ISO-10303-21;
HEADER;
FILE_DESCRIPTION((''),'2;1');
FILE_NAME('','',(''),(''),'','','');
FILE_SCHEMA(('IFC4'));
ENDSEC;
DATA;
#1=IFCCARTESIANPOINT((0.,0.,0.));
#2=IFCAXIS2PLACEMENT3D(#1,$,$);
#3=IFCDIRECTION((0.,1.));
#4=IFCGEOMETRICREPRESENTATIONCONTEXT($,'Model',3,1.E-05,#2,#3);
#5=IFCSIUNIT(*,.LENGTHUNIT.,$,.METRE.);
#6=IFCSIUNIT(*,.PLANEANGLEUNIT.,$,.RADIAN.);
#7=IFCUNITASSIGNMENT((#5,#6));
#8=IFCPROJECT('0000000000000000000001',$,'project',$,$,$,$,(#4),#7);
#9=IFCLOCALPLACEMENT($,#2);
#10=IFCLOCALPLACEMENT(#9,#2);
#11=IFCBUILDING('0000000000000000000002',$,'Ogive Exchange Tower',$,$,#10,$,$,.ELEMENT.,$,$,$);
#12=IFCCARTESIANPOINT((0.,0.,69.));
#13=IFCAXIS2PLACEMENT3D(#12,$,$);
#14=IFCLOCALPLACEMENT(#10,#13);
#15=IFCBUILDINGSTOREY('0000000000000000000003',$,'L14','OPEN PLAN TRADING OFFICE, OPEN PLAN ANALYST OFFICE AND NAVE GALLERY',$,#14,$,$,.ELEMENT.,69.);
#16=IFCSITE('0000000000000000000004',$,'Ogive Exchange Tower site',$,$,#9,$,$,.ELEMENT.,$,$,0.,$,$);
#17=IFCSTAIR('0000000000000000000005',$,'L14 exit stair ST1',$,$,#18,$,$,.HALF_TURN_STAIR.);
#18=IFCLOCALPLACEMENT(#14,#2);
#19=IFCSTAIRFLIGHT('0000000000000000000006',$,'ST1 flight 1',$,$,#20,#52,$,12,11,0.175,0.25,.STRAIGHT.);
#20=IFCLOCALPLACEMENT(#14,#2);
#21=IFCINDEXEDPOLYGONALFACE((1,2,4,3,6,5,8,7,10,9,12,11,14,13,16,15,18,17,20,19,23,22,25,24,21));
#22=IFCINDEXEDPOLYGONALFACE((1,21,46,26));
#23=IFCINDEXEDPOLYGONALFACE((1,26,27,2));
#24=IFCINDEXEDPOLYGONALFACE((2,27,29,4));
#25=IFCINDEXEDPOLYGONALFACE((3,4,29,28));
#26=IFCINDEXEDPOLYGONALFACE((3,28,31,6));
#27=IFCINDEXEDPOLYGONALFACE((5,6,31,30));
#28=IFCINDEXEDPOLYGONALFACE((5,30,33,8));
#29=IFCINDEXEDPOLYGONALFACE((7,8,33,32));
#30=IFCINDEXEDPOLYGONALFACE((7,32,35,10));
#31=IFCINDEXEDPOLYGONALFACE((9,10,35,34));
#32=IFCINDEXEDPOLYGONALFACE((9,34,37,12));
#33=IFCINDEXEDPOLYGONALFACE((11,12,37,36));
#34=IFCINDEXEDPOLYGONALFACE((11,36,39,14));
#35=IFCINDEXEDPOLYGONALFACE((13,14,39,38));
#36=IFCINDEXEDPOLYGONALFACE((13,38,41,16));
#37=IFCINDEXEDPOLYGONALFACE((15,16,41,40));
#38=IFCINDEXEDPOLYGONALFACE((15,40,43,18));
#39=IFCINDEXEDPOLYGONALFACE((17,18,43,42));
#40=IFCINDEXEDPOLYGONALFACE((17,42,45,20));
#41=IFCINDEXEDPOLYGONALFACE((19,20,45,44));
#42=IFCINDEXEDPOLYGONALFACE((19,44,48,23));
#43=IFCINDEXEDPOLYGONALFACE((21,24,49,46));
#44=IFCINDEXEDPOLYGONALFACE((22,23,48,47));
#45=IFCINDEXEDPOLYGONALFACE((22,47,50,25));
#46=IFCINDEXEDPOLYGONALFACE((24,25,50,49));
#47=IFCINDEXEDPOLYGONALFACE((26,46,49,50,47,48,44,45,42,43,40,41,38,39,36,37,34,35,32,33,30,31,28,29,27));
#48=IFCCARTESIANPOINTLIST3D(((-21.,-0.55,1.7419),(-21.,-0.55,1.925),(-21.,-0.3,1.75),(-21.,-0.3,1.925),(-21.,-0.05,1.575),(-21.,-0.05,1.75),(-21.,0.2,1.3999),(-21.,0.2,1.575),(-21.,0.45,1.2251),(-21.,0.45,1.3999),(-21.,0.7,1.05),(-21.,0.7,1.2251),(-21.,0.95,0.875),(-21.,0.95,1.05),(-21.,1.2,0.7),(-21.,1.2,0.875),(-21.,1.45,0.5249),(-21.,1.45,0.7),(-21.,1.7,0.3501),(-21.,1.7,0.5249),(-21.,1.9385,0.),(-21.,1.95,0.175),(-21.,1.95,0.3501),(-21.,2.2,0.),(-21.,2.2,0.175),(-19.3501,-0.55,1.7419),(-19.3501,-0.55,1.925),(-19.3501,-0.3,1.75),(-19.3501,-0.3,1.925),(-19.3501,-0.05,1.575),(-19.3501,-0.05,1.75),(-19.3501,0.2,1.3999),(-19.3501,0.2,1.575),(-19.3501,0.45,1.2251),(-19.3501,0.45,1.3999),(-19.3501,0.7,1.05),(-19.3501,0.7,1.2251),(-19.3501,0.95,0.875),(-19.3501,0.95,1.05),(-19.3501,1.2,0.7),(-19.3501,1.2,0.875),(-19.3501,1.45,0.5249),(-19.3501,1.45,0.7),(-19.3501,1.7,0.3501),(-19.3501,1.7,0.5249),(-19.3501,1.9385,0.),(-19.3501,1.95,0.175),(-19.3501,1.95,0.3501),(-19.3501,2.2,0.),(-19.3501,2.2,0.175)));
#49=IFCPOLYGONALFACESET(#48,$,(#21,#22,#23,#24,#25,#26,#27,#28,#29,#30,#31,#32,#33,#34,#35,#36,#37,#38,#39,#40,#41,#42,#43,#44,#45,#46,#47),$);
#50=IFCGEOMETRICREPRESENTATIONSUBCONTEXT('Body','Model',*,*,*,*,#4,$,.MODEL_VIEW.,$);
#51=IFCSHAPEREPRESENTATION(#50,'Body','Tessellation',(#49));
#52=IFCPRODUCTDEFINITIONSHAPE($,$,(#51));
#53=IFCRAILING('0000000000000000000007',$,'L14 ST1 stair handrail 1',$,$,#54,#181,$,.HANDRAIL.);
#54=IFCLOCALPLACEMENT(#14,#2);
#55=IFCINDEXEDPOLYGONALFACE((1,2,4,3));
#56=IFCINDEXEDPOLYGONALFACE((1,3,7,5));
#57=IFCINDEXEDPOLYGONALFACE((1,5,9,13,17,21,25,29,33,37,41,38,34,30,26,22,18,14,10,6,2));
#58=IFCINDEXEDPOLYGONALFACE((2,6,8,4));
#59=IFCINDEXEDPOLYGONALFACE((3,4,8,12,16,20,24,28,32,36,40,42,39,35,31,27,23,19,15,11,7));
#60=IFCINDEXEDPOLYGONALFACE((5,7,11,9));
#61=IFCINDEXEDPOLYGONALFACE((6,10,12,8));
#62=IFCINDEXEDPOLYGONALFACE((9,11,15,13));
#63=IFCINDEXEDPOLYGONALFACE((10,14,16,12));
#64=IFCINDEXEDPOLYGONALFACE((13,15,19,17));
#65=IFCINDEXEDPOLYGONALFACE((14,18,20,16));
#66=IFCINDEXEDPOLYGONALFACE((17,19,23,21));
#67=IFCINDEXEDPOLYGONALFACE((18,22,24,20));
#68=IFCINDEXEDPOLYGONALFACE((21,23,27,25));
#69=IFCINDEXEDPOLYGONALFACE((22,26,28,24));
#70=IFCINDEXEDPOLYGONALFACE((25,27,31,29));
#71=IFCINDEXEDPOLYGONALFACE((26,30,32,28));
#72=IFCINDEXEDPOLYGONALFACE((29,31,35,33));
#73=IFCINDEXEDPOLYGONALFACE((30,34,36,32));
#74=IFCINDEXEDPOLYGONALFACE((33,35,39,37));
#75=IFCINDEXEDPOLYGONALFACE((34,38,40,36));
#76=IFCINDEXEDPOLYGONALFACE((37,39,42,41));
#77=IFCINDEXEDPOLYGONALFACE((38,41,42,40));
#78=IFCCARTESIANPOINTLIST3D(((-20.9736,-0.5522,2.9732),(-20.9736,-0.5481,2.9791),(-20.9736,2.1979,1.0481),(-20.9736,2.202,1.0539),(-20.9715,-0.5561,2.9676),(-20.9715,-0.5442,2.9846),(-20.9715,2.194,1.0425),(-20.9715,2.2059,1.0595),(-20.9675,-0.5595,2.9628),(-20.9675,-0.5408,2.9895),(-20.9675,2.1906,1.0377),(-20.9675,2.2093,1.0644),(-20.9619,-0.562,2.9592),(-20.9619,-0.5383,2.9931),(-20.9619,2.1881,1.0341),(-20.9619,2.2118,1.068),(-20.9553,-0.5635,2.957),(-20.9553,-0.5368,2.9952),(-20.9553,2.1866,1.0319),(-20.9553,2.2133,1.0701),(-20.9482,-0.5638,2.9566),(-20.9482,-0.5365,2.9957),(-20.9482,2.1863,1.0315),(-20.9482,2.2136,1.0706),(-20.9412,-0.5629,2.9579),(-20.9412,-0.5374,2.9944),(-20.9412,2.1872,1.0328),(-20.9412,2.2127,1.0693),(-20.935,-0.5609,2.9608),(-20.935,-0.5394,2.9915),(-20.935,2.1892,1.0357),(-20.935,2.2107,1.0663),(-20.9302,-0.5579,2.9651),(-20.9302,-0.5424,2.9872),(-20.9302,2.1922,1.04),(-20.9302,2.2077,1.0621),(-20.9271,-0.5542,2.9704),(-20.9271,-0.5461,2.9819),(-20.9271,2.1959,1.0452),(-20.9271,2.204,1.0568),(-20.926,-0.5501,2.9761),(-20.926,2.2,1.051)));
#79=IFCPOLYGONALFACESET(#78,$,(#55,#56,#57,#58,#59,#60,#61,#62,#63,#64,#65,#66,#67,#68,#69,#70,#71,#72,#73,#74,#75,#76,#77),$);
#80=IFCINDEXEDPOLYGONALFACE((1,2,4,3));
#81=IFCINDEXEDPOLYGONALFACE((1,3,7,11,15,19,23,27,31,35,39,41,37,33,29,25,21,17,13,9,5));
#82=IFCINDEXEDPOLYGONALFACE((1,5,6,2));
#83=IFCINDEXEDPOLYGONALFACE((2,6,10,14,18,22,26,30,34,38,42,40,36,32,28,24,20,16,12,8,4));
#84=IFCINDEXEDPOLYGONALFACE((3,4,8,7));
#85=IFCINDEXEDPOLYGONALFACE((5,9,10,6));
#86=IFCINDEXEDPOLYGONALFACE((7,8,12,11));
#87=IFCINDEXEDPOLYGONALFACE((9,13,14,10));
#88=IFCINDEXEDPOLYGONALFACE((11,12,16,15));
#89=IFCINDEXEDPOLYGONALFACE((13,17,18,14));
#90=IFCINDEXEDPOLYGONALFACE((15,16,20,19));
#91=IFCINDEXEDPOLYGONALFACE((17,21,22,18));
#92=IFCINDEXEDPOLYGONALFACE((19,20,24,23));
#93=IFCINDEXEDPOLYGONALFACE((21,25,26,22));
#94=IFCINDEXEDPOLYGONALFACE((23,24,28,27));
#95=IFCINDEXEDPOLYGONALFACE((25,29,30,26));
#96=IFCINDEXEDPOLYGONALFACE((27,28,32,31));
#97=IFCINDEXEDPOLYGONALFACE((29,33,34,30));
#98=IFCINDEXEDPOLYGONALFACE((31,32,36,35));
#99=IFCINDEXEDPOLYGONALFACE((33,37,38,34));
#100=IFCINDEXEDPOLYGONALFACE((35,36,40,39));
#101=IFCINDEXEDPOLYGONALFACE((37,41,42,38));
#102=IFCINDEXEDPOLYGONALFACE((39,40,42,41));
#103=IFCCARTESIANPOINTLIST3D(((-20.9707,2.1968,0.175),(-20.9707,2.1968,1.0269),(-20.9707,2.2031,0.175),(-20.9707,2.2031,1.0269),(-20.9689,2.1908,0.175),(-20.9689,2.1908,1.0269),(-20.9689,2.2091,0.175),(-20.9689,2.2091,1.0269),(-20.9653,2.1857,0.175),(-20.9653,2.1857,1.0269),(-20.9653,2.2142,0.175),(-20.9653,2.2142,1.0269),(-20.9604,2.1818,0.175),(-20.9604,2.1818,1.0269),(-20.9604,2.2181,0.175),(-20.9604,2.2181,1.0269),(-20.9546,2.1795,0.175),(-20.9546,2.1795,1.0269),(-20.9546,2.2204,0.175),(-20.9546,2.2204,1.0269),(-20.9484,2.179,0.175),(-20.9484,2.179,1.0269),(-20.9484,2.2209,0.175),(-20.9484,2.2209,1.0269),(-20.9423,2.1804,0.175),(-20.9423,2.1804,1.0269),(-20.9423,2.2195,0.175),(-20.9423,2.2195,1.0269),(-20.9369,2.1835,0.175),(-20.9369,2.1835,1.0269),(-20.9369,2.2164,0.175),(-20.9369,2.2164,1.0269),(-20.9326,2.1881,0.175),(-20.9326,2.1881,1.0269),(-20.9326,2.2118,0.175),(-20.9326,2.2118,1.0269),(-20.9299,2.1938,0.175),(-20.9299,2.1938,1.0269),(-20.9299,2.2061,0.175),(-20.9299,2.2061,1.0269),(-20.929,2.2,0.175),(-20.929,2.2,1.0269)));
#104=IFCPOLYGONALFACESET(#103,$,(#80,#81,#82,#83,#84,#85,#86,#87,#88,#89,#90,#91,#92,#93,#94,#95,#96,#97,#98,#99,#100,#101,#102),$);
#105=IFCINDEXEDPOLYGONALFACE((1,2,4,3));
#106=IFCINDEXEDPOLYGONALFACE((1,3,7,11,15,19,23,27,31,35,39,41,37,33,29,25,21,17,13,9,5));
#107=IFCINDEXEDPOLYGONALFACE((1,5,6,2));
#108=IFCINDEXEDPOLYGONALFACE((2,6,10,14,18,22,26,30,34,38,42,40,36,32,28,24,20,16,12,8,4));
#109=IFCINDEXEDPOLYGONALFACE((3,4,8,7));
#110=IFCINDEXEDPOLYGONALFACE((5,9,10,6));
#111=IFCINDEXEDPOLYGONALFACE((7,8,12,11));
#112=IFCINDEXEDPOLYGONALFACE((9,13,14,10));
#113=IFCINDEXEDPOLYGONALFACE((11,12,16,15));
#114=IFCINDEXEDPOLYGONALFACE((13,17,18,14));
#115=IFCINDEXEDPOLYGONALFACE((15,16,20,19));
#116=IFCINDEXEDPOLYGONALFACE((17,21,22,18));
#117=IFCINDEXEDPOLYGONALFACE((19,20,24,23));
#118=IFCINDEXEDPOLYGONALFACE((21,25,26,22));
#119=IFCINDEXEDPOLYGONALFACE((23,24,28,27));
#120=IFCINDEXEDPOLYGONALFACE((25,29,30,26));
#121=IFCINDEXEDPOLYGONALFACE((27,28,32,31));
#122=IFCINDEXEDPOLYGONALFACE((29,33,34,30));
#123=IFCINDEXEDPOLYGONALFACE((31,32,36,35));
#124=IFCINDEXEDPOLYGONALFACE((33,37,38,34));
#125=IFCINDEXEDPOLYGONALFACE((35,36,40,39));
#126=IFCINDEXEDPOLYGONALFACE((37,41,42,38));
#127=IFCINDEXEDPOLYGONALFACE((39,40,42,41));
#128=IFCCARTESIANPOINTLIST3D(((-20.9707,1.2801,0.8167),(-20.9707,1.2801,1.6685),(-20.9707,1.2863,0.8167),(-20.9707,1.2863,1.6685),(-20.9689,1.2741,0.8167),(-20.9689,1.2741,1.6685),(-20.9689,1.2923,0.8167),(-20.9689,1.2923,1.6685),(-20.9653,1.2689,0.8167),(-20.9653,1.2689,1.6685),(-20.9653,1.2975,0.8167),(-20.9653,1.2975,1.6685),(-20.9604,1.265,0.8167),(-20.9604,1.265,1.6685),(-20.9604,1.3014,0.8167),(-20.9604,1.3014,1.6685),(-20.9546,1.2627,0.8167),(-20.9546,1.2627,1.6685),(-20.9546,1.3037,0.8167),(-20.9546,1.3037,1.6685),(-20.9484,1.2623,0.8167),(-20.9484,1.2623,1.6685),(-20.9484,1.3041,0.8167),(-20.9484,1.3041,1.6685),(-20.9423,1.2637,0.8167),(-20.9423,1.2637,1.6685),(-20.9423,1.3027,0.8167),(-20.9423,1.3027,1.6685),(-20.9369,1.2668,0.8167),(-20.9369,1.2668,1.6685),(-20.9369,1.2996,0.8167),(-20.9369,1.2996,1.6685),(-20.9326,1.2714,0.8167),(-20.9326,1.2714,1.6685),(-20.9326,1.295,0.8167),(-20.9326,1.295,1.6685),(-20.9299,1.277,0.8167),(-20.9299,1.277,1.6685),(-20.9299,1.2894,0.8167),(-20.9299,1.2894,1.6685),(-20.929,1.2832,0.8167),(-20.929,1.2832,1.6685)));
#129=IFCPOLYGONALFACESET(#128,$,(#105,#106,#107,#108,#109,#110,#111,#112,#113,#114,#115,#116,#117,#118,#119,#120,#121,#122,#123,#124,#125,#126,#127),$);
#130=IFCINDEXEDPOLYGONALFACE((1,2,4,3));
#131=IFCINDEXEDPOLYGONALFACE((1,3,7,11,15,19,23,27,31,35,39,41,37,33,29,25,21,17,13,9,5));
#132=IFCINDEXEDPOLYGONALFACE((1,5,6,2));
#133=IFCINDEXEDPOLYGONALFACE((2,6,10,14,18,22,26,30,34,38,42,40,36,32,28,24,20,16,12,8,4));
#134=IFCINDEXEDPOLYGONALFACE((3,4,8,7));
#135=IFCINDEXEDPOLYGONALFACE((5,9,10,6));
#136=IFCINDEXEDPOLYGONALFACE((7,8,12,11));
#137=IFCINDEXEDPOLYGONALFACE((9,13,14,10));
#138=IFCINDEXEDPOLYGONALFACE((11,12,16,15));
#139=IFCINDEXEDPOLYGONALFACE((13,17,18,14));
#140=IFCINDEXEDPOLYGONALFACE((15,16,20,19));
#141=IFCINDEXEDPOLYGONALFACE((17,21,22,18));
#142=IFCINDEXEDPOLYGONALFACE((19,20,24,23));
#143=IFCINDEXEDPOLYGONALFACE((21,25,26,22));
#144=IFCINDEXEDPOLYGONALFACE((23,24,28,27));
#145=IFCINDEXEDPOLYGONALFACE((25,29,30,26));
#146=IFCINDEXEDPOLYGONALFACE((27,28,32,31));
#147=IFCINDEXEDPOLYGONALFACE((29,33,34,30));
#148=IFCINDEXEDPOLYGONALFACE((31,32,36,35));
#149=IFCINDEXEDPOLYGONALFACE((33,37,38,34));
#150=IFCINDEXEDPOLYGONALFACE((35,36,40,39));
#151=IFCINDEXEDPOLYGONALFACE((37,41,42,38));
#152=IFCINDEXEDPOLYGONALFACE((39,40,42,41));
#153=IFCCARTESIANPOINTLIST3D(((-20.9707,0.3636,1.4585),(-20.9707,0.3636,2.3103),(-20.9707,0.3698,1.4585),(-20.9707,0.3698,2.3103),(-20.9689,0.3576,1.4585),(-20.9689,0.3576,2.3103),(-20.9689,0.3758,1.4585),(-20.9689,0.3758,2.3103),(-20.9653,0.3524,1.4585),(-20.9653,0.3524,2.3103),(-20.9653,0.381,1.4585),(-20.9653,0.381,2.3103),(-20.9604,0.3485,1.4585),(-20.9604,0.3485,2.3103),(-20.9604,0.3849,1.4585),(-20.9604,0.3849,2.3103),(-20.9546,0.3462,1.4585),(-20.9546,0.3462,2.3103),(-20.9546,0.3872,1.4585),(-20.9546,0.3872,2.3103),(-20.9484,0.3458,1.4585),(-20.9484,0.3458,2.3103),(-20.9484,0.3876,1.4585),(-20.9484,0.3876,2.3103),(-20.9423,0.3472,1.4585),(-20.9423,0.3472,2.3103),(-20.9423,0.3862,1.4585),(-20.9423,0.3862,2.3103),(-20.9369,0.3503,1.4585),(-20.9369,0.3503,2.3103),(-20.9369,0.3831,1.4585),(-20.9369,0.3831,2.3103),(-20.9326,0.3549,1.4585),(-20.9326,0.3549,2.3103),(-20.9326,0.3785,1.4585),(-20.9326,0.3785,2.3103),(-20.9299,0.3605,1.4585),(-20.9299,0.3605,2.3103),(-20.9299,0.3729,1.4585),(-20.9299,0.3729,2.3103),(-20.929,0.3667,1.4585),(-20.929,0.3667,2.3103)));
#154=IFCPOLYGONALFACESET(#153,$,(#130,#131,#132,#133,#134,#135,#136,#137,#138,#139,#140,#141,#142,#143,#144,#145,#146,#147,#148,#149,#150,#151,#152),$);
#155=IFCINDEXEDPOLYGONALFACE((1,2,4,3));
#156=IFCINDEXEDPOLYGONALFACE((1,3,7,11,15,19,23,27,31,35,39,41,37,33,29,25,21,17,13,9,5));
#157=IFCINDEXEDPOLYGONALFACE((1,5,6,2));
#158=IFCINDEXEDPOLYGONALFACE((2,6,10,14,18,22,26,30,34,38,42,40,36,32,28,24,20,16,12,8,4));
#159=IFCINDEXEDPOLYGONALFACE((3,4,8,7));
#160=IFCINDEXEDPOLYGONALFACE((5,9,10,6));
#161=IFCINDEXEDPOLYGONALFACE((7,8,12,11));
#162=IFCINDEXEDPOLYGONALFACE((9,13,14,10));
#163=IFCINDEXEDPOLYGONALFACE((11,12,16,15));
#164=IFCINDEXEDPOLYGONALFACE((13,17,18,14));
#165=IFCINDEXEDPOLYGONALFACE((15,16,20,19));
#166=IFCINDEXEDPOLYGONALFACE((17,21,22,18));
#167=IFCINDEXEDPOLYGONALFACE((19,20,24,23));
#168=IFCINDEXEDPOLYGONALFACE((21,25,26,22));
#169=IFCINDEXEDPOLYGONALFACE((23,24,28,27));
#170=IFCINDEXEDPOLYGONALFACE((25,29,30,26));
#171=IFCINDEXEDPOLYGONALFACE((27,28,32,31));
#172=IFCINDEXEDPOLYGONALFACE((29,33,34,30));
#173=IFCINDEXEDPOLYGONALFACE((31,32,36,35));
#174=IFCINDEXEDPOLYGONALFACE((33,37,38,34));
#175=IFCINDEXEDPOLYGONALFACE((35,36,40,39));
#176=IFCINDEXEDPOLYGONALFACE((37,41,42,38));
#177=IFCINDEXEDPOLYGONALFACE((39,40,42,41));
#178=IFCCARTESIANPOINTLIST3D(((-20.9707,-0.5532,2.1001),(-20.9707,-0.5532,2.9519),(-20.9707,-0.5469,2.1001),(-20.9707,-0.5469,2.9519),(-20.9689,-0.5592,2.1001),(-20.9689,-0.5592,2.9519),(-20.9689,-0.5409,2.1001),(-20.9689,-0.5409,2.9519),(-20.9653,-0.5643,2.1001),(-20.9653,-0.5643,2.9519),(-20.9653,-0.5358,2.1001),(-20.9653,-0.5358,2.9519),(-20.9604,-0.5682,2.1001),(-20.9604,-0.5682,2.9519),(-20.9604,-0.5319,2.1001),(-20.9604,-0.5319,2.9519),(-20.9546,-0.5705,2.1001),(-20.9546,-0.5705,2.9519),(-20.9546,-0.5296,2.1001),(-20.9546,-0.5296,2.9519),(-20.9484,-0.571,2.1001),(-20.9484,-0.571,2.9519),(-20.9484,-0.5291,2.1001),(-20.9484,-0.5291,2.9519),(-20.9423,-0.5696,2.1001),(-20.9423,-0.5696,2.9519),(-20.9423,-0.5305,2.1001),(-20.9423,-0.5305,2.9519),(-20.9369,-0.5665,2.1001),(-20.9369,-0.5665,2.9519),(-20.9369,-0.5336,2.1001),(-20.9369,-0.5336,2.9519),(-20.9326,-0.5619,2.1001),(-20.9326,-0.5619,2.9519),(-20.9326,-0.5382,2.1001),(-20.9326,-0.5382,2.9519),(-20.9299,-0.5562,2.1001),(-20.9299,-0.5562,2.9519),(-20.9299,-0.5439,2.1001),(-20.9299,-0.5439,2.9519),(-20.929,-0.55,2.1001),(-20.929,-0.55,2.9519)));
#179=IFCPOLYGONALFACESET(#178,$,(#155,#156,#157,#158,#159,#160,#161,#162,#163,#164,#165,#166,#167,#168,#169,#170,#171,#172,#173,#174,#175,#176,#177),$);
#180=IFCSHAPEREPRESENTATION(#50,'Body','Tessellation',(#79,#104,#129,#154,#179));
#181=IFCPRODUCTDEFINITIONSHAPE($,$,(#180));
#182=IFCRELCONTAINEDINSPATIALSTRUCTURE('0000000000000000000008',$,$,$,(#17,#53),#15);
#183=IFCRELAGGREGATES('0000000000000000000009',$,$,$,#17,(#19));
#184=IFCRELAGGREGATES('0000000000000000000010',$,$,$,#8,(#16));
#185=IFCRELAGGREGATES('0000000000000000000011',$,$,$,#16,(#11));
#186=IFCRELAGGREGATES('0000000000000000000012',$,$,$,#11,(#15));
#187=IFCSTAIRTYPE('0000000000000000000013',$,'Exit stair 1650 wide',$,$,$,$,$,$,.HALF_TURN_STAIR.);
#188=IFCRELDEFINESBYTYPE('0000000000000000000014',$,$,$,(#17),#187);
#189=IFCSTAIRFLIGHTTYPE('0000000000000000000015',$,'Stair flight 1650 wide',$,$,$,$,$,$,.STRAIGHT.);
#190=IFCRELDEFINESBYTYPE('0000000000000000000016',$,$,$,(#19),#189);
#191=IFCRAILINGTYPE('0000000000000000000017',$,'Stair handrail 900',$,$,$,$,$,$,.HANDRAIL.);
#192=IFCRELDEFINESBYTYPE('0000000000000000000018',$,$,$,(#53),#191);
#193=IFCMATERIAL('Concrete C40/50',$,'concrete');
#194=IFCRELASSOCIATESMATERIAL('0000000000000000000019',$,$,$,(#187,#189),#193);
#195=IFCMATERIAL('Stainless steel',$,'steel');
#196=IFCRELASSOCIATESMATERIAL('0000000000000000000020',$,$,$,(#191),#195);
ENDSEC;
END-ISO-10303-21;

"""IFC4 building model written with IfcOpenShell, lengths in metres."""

from ifc_helpers import new_model, si_unit, direction, frame, origin, origin_2d, place, context, subcontext, project, spatial, polyline, circle, outline, extrude, material, type_object, element, aggregate, save


model = new_model("IFC4")

# Units and contexts
model_context = context("Model", 3, precision=1e-05, world=origin(), true_north=direction((0.0, 1.0)))
body_context = subcontext(model_context, "Body", "Model", "MODEL_VIEW")
ifc_project = project(units=[si_unit("LENGTHUNIT", "METRE"), si_unit("PLANEANGLEUNIT", "RADIAN")], contexts=[model_context])

# Site, building, storey
site_placement = place(None, origin())
site = spatial("IfcSite", under=ifc_project, at=site_placement, Name="Ogive Exchange Tower site", CompositionType="ELEMENT", RefElevation=0.0)
building_placement = place(site_placement, origin())
building = spatial("IfcBuilding", under=site, at=building_placement, Name="Ogive Exchange Tower", CompositionType="ELEMENT")
storey_placement = place(building_placement, frame((0.0, 0.0, 69.0)))
storey = spatial("IfcBuildingStorey", under=building, at=storey_placement, Name="L14", Description="OPEN PLAN TRADING OFFICE, OPEN PLAN ANALYST OFFICE AND NAVE GALLERY", CompositionType="ELEMENT", Elevation=69.0)

# Shared definitions
ifc_material_1 = material(Name="Concrete C40/50", Category="concrete")
stair_type = type_object("IfcStairType", Name="Exit stair 1650 wide", PredefinedType="HALF_TURN_STAIR", material=ifc_material_1)

# Shared definitions
ifc_material_2 = material(Name="Stainless steel", Category="steel")

# Stair, stair flight
stair_1_placement = place(storey_placement, origin())
stair_1 = element("IfcStair", 1, at=stair_1_placement, inside=storey, type_object=stair_type, Name="L14 exit stair ST1", PredefinedType="HALF_TURN_STAIR")
stair_flight_type = type_object("IfcStairFlightType", Name="Stair flight 1650 wide", PredefinedType="STRAIGHT", material=ifc_material_1)
stair_flight_placement = place(storey_placement, frame((-20.175, 2.2, 0.0), z_axis=(0.0, 0.0, 1.0), x_axis=(0.0, -1.0, 0.0)))
stair_flight = element("IfcStairFlight", 2, at=stair_flight_placement, type_object=stair_flight_type, Name="ST1 flight 1", NumberOfRisers=12, NumberOfTreads=11, PredefinedType="STRAIGHT", RiserHeight=0.175, TreadLength=0.25, context=body_context, shape_type="SweptSolid", body=[
    extrude(outline(polyline([(0.0, 0.0), (0.0, 0.175), (0.25, 0.175), (0.25, 0.3501), (0.5, 0.3501), (0.5, 0.5249), (0.75, 0.5249), (0.75, 0.7), (1.0, 0.7), (1.0, 0.875), (1.25, 0.875), (1.25, 1.05), (1.5, 1.05), (1.5, 1.2251), (1.75, 1.2251), (1.75, 1.3999), (2.0, 1.3999), (2.0, 1.575), (2.25, 1.575), (2.25, 1.75), (2.5, 1.75), (2.5, 1.925), (2.75, 1.925), (2.75, 2.1001), (2.75, 1.7419), (0.2615, 0.0), (0.0, 0.0)])), frame((0.0, 0.825, 0.0), z_axis=(0.0, -1.0, 0.0), x_axis=(1.0, 0.0, 0.0)), (0.0, 0.0, 1.0), 1.6499),
])
aggregate(stair_1, [stair_flight])

# Railing
railing_type = type_object("IfcRailingType", Name="Stair handrail 900", PredefinedType="HANDRAIL", material=ifc_material_2)
railing_placement = place(storey_placement, frame((-20.95, 2.2, 0.175)))
element("IfcRailing", 3, at=railing_placement, inside=storey, type_object=railing_type, Name="L14 ST1 stair handrail 1", PredefinedType="HANDRAIL", context=body_context, shape_type="SweptSolid", body=[
    extrude(circle(Radius=0.0239, at=origin_2d()), frame((0.0, 0.0, 0.876), z_axis=(0.0, -0.819225, 0.573472), x_axis=(1.0, 0.0, 0.0)), (0.0, 0.0, 1.0), 3.3569),
    extrude(circle(Radius=0.021, at=origin_2d()), origin(), (0.0, 0.0, 1.0), 0.8518),
    extrude(circle(Radius=0.021, at=origin_2d()), frame((0.0, -0.9167, 0.6416)), (0.0, 0.0, 1.0), 0.8518),
    extrude(circle(Radius=0.021, at=origin_2d()), frame((0.0, -1.8333, 1.2834)), (0.0, 0.0, 1.0), 0.8518),
    extrude(circle(Radius=0.021, at=origin_2d()), frame((0.0, -2.75, 1.925)), (0.0, 0.0, 1.0), 0.8518),
])

save(model, "model.ifc")
